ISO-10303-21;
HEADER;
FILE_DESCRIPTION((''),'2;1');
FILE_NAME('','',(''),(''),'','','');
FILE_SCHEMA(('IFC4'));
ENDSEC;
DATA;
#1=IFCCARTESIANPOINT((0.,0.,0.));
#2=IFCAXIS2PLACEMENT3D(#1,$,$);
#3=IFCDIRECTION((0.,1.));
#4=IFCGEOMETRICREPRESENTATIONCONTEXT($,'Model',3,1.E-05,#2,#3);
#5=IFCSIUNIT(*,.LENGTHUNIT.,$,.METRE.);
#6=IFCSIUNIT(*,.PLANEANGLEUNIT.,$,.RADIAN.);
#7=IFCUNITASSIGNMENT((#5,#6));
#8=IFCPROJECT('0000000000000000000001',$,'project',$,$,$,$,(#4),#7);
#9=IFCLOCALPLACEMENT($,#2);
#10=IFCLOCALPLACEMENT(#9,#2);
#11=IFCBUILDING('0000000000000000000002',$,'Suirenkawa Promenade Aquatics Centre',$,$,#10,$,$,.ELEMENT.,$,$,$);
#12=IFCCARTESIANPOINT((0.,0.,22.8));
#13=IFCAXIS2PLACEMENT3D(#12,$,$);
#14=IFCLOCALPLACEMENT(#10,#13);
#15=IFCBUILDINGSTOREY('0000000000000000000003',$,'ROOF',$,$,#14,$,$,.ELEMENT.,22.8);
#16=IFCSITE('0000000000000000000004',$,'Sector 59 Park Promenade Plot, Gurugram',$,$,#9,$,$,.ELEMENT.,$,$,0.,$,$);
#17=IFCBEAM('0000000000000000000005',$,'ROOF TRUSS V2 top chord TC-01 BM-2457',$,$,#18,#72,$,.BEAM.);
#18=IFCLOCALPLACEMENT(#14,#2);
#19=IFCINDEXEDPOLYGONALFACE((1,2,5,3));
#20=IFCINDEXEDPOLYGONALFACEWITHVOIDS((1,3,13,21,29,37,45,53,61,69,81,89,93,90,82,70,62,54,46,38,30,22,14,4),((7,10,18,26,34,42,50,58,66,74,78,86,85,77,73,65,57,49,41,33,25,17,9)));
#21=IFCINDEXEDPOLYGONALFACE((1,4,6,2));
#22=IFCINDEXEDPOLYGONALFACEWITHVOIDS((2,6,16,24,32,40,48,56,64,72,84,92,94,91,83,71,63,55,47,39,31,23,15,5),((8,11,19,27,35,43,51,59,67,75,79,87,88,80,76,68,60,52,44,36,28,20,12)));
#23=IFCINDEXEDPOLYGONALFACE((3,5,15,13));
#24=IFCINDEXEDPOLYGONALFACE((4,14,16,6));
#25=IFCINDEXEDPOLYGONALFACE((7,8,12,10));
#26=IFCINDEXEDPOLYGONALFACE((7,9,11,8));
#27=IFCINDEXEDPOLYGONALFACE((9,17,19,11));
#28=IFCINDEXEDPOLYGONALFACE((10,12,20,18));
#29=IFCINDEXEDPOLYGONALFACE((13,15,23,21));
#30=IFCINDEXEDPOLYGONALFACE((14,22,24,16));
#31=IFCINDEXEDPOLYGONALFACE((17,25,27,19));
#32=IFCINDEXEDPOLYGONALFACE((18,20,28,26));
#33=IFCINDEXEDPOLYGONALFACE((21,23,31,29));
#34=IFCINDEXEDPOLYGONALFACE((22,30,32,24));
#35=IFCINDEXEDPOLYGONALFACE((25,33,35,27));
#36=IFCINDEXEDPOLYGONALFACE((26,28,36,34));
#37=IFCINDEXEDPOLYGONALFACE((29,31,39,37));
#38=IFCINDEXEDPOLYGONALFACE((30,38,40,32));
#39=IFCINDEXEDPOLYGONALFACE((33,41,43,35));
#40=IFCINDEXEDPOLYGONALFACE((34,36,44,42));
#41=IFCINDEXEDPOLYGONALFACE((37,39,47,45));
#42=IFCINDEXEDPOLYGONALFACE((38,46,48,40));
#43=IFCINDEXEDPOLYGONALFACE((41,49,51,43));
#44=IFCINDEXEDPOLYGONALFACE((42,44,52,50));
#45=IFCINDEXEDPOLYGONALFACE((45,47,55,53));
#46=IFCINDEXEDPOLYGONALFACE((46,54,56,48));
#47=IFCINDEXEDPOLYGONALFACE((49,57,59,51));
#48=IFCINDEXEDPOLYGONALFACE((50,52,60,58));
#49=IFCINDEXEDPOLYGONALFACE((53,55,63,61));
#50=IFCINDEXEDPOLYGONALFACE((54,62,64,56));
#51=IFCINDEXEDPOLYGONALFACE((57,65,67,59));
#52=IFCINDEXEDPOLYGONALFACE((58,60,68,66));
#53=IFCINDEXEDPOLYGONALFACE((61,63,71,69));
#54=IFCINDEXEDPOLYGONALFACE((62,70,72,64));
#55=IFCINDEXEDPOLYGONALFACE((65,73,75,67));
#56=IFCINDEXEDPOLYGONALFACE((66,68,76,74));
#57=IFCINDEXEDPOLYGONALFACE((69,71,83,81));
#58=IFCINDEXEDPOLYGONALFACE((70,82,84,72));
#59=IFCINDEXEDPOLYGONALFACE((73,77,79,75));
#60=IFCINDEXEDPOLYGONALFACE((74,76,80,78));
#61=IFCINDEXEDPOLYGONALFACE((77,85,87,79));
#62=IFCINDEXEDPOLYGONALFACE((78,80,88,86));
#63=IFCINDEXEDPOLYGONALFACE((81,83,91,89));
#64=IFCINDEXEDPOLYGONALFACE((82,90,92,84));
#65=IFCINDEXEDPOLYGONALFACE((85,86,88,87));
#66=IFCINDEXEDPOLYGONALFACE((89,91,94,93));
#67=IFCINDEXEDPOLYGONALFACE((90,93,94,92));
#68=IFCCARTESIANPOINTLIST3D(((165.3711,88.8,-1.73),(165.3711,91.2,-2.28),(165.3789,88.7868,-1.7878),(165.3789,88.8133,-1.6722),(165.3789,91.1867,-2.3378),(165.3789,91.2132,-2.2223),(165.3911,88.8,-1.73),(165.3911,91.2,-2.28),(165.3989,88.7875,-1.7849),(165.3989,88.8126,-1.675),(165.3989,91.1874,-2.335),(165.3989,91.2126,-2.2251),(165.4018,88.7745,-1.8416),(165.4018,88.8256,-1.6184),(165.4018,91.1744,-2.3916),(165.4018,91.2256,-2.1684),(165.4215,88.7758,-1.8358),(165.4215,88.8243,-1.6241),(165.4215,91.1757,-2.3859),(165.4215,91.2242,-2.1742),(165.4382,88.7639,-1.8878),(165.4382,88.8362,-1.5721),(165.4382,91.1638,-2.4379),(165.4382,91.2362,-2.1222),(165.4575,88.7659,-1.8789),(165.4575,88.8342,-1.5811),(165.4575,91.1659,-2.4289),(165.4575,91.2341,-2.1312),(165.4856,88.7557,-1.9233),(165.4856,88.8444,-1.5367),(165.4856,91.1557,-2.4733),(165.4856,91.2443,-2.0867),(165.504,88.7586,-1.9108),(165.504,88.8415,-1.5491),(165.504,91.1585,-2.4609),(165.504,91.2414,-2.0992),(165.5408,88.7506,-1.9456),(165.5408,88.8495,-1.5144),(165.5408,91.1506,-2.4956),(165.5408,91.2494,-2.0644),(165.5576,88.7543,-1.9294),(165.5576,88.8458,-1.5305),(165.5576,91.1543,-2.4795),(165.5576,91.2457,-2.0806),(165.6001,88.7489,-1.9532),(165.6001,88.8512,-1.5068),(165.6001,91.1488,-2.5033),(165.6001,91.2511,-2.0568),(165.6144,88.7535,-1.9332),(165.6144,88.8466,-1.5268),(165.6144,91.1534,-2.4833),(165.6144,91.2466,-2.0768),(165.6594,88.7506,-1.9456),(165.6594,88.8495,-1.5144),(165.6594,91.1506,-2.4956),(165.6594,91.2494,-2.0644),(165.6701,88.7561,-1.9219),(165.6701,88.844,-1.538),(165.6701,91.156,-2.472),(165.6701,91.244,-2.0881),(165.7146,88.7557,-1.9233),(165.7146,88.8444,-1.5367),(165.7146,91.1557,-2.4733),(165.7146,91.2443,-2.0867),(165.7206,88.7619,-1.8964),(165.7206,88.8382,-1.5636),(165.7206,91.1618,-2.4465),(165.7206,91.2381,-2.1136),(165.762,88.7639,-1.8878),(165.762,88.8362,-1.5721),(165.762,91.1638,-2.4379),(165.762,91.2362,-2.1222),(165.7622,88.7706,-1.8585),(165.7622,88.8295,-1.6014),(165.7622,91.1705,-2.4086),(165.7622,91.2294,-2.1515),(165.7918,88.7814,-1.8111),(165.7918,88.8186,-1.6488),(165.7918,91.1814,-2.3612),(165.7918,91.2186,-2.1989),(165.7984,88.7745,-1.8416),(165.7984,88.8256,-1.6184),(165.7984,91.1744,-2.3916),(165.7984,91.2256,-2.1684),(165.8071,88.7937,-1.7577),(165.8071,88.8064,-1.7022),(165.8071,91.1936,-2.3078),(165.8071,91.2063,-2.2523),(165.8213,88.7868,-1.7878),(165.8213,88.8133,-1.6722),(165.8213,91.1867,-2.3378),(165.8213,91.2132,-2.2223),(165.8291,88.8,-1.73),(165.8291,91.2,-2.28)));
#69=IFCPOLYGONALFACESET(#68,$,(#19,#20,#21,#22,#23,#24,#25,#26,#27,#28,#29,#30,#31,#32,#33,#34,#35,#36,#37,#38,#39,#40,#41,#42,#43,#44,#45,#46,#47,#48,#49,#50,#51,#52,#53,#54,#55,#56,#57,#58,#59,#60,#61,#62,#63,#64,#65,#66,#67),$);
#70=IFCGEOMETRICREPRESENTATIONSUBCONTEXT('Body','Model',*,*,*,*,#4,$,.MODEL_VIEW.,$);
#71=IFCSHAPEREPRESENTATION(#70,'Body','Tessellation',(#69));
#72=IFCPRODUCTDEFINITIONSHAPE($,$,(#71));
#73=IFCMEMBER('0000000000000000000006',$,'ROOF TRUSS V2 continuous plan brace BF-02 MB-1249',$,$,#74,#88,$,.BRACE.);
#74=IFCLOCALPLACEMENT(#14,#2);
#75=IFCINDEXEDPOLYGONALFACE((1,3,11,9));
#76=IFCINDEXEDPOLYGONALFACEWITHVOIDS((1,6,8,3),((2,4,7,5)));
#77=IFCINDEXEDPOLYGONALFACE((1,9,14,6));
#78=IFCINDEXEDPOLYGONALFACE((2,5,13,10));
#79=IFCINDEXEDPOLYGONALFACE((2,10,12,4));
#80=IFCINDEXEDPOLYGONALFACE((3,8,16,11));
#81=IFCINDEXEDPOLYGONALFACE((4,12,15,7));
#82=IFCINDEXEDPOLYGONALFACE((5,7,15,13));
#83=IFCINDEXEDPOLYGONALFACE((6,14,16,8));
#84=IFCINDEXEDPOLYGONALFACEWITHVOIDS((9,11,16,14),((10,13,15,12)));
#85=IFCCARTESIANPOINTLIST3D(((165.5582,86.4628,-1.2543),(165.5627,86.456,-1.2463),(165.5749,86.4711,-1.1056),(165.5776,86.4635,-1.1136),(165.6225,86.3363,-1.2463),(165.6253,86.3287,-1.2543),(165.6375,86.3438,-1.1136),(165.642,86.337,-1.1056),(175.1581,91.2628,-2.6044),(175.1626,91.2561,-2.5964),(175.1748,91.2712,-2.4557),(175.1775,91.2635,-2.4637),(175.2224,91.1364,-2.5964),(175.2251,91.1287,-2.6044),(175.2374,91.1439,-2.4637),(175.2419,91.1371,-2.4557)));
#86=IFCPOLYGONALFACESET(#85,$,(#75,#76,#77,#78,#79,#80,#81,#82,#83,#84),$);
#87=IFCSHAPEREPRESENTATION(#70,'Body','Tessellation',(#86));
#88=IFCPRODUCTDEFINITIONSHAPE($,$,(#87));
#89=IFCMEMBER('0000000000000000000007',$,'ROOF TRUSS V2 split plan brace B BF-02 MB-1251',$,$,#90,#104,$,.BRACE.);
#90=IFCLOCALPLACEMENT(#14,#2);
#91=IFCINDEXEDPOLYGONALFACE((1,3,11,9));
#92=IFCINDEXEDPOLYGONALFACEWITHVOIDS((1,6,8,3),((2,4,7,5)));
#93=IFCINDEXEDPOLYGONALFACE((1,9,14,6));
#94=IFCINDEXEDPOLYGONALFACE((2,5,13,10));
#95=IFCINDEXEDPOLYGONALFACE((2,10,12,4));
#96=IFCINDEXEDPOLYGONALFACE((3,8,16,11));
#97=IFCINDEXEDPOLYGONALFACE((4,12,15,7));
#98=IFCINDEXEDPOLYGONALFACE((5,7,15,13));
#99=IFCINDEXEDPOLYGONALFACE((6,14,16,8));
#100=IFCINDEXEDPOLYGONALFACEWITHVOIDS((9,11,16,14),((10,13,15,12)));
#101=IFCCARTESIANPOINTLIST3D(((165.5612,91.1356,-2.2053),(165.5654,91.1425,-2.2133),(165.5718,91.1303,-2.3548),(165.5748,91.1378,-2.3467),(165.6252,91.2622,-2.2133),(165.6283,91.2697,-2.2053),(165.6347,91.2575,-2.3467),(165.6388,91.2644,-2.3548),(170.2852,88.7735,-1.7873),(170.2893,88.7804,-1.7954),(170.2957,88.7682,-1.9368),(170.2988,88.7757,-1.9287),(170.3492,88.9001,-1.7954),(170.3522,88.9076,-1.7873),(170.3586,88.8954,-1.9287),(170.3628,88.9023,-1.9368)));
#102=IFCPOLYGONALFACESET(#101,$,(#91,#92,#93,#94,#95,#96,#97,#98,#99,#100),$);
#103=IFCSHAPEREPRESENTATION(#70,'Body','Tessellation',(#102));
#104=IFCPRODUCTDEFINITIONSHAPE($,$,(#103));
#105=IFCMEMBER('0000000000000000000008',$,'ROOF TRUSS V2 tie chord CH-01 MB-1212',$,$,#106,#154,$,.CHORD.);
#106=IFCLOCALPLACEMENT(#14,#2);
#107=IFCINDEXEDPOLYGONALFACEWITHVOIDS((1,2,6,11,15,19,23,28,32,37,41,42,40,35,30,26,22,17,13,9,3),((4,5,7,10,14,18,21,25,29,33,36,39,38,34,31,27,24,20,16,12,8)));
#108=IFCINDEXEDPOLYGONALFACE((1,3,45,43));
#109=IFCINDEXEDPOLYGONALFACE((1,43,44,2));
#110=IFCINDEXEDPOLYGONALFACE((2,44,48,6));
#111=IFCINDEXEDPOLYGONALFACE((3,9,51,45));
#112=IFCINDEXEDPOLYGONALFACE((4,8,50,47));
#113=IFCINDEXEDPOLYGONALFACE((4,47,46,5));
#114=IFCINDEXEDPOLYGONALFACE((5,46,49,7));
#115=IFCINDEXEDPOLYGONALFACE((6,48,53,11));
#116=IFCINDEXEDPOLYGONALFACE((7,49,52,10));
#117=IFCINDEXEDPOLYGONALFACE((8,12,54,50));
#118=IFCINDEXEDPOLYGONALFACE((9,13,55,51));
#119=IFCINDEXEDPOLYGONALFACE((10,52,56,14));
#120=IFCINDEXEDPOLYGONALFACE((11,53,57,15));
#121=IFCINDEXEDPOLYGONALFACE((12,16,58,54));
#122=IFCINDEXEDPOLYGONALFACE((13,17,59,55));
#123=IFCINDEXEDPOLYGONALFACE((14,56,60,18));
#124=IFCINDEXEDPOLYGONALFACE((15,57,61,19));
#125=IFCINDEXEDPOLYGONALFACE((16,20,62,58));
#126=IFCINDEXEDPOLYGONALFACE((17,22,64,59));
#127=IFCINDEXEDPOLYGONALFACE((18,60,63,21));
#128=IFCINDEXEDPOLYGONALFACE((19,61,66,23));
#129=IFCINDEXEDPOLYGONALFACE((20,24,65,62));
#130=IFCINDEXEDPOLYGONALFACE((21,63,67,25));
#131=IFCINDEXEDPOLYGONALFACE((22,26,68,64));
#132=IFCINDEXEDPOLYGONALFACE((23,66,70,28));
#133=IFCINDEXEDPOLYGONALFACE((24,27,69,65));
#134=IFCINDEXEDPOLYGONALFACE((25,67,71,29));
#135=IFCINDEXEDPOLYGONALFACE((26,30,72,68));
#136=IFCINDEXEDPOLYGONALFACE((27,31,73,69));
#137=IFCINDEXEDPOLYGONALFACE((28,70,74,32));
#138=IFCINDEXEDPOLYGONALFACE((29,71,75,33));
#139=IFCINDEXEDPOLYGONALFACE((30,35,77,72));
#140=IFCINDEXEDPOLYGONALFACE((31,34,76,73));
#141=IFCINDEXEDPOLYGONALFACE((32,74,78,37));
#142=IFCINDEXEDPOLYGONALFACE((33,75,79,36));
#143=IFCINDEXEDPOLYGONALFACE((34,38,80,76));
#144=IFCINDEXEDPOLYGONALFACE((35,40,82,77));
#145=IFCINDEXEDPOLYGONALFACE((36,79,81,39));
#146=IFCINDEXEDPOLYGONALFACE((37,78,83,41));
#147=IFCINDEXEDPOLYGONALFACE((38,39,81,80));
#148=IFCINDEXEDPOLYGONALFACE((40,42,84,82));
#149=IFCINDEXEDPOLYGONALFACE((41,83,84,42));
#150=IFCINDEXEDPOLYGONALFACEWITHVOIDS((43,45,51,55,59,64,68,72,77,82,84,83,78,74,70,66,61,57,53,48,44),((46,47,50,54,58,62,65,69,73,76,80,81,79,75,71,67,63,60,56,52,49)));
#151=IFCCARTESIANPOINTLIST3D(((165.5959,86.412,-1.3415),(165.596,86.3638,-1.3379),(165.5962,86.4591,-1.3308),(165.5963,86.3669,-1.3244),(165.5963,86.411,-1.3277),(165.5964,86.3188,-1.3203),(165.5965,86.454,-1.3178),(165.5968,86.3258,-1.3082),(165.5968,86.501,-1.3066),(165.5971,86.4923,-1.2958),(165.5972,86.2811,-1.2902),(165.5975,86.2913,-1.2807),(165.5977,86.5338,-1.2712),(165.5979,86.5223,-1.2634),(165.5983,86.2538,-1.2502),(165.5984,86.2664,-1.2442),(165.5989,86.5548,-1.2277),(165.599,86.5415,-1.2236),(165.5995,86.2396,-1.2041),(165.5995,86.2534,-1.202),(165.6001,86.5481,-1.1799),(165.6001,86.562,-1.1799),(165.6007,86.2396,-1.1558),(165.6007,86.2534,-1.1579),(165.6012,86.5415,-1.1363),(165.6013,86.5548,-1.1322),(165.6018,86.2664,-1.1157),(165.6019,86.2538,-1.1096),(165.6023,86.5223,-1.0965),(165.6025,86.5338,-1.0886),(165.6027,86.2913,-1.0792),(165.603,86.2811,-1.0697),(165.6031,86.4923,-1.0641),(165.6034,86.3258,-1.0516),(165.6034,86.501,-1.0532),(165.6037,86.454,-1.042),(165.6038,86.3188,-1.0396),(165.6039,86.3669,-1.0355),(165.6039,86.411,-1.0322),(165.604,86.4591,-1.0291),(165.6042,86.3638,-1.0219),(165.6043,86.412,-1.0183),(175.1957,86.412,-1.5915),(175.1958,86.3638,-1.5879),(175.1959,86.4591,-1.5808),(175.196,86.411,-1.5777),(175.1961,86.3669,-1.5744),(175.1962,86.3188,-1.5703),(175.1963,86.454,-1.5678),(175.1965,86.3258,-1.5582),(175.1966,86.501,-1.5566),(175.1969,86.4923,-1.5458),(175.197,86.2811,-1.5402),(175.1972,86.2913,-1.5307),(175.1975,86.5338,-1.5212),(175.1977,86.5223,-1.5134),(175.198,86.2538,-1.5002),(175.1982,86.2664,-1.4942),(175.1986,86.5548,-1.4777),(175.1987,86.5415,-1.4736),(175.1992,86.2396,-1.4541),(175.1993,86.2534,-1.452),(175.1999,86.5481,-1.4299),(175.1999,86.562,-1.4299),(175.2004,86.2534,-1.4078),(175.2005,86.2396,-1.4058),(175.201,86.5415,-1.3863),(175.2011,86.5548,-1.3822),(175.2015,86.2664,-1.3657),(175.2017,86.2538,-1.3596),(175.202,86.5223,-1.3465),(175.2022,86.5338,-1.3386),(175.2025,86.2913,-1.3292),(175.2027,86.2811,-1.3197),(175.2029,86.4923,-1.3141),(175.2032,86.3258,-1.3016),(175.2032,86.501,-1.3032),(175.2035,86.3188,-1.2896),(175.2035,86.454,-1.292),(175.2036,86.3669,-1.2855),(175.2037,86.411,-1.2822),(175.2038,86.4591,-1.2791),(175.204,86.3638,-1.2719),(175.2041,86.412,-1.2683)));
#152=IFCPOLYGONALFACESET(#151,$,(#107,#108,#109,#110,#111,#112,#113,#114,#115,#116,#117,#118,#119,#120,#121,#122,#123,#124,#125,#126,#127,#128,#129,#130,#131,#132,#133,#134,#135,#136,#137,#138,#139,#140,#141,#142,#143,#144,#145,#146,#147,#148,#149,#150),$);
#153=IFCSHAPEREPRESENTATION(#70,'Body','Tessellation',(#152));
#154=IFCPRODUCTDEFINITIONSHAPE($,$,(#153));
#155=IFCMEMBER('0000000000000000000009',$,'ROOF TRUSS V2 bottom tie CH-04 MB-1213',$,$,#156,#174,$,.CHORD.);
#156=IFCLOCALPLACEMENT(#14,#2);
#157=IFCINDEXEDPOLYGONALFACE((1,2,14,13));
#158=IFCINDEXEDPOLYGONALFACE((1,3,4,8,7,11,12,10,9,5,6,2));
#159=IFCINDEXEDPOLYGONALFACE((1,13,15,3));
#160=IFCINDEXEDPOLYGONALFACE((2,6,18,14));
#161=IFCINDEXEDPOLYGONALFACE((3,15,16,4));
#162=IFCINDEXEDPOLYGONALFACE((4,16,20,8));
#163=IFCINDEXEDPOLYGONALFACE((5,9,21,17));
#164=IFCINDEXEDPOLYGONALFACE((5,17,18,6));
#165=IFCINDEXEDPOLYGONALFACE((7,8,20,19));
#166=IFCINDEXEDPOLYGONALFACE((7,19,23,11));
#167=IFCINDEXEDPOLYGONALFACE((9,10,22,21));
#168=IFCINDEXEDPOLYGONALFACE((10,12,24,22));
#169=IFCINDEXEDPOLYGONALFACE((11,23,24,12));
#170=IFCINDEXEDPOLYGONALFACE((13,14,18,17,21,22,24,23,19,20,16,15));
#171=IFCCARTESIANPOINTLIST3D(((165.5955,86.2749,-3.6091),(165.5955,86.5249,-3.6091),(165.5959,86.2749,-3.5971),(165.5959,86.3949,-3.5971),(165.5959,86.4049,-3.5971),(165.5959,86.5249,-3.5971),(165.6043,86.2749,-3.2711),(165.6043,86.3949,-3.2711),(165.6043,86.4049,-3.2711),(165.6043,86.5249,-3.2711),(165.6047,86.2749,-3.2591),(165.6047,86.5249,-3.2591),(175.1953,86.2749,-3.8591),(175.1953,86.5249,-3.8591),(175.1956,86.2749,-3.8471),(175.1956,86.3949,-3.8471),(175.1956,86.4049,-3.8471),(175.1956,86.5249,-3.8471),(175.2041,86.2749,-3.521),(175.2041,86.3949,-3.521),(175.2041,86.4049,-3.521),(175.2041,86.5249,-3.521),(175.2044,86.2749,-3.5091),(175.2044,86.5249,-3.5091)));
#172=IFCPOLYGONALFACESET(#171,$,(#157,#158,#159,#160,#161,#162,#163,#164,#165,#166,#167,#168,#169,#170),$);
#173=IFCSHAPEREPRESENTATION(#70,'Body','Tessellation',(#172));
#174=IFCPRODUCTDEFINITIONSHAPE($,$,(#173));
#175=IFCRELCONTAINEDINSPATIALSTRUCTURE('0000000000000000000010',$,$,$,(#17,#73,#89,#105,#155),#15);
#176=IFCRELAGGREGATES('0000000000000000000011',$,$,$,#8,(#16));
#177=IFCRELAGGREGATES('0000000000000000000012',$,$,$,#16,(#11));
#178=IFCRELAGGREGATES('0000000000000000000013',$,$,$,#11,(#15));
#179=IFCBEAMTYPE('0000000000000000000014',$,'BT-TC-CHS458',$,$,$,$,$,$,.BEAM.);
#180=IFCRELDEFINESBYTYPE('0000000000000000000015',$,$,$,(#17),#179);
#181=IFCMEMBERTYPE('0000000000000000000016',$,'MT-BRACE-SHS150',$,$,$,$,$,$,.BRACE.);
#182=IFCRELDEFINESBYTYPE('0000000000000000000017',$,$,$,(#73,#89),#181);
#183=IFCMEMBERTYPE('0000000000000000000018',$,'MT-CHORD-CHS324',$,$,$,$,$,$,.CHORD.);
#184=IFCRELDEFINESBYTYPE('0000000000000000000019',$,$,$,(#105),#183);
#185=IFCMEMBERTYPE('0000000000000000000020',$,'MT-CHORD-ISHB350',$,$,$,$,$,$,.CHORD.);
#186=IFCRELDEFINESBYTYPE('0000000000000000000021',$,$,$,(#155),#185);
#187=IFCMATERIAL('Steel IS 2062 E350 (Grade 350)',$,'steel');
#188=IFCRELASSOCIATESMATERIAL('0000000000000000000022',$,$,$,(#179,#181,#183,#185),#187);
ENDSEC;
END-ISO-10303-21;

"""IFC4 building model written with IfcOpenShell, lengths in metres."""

from ifc_helpers import new_model, si_unit, direction, frame, origin, origin_2d, place, context, subcontext, project, spatial, hollow_rectangle, hollow_circle, i_section, extrude, material, material_profile, profile_set, type_object, element, save


model = new_model("IFC4")

# Units and contexts
model_context = context("Model", 3, precision=1e-05, world=origin(), true_north=direction((0.0, 1.0)))
body_context = subcontext(model_context, "Body", "Model", "MODEL_VIEW")
ifc_project = project(units=[si_unit("LENGTHUNIT", "METRE"), si_unit("PLANEANGLEUNIT", "RADIAN")], contexts=[model_context])

# Site, building, storey
site_placement = place(None, origin())
site = spatial("IfcSite", under=ifc_project, at=site_placement, Name="Sector 59 Park Promenade Plot, Gurugram", CompositionType="ELEMENT", RefElevation=0.0)
building_placement = place(site_placement, origin())
building = spatial("IfcBuilding", under=site, at=building_placement, Name="Suirenkawa Promenade Aquatics Centre", CompositionType="ELEMENT")
storey_placement = place(building_placement, frame((0.0, 0.0, 22.8)))
storey = spatial("IfcBuildingStorey", under=building, at=storey_placement, Name="ROOF", CompositionType="ELEMENT", Elevation=22.8)

# Beam
ifc_material_1 = material(Name="Steel IS 2062 E350 (Grade 350)", Category="steel")
ifc_material_profile_1 = material_profile(ifc_material_1, hollow_circle(Radius=0.229, WallThickness=0.02, at=origin_2d()), Name="CHS 458x20", Category="steel")
ifc_profile_set_1 = profile_set([ifc_material_profile_1], Name="Steel IS 2062 E350 (Grade 350)")
beam_type_1 = type_object("IfcBeamType", Name="BT-TC-CHS458", PredefinedType="BEAM", material=ifc_profile_set_1)
beam_1_placement = place(storey_placement, frame((165.6001, 88.8, -1.73), z_axis=(0.0, 0.974726, -0.223404), x_axis=(-1.0, 0.0, 0.0)))
element("IfcBeam", 1, at=beam_1_placement, inside=storey, type_object=beam_type_1, Name="ROOF TRUSS V2 top chord TC-01 BM-2457", PredefinedType="BEAM", context=body_context, shape_type="SweptSolid", body=[
    extrude(hollow_circle(Radius=0.229, WallThickness=0.02, at=origin_2d()), origin(), (0.0, 0.0, 1.0), 2.4622),
])

# Members
ifc_material_profile_2 = material_profile(ifc_material_1, hollow_rectangle(XDim=0.1499, YDim=0.1499, WallThickness=0.0081, at=origin_2d()), Name="SHS 150x150x8", Category="steel")
ifc_profile_set_2 = profile_set([ifc_material_profile_2], Name="Steel IS 2062 E350 (Grade 350)")
member_type_1 = type_object("IfcMemberType", Name="MT-BRACE-SHS150", PredefinedType="BRACE", material=ifc_profile_set_2)
member_1_placement = place(storey_placement, frame((165.6001, 86.3999, -1.1799), z_axis=(0.887429, 0.443726, -0.124806), x_axis=(-0.447223, 0.894423, 0.0)))
element("IfcMember", 2, at=member_1_placement, inside=storey, type_object=member_type_1, Name="ROOF TRUSS V2 continuous plan brace BF-02 MB-1249", PredefinedType="BRACE", context=body_context, shape_type="SweptSolid", body=[
    extrude(hollow_rectangle(XDim=0.1499, YDim=0.1499, WallThickness=0.0081, at=origin_2d()), origin(), (0.0, 0.0, 1.0), 10.8176),
])
member_2_placement = place(storey_placement, frame((170.324, 88.8379, -1.8621), z_axis=(-0.89163, 0.445838, -0.078891), x_axis=(-0.447232, -0.894418, 0.0)))
element("IfcMember", 3, at=member_2_placement, inside=storey, type_object=member_type_1, Name="ROOF TRUSS V2 split plan brace B BF-02 MB-1251", PredefinedType="BRACE", context=body_context, shape_type="SweptSolid", body=[
    extrude(hollow_rectangle(XDim=0.1499, YDim=0.1499, WallThickness=0.0081, at=origin_2d()), origin(), (0.0, 0.0, 1.0), 5.2981),
])
ifc_material_profile_3 = material_profile(ifc_material_1, hollow_circle(Radius=0.1621, WallThickness=0.0139, at=origin_2d()), Name="CHS 324x14", Category="steel")
ifc_profile_set_3 = profile_set([ifc_material_profile_3], Name="Steel IS 2062 E350 (Grade 350)")
member_type_2 = type_object("IfcMemberType", Name="MT-CHORD-CHS324", PredefinedType="CHORD", material=ifc_profile_set_3)
member_3_placement = place(storey_placement, frame((165.6001, 86.3999, -1.1799), z_axis=(0.999661, 0.0, -0.026033), x_axis=(0.0, 1.0, 0.0)))
element("IfcMember", 4, at=member_3_placement, inside=storey, type_object=member_type_2, Name="ROOF TRUSS V2 tie chord CH-01 MB-1212", PredefinedType="CHORD", context=body_context, shape_type="SweptSolid", body=[
    extrude(hollow_circle(Radius=0.1621, WallThickness=0.0139, at=origin_2d()), origin(), (0.0, 0.0, 1.0), 9.603),
])
ifc_material_profile_4 = material_profile(ifc_material_1, i_section(OverallWidth=0.25, OverallDepth=0.3501, WebThickness=0.01, FlangeThickness=0.012, at=origin_2d()), Name="ISHB 350", Category="steel")
ifc_profile_set_4 = profile_set([ifc_material_profile_4], Name="Steel IS 2062 E350 (Grade 350)")
member_type_3 = type_object("IfcMemberType", Name="MT-CHORD-ISHB350", PredefinedType="CHORD", material=ifc_profile_set_4)
member_4_placement = place(storey_placement, frame((165.6001, 86.3999, -3.4341), z_axis=(0.999661, 0.0, -0.026033), x_axis=(0.0, 1.0, 0.0)))
element("IfcMember", 5, at=member_4_placement, inside=storey, type_object=member_type_3, Name="ROOF TRUSS V2 bottom tie CH-04 MB-1213", PredefinedType="CHORD", context=body_context, shape_type="SweptSolid", body=[
    extrude(i_section(OverallWidth=0.25, OverallDepth=0.3501, WebThickness=0.01, FlangeThickness=0.012, at=origin_2d()), origin(), (0.0, 0.0, 1.0), 9.603),
])

save(model, "model.ifc")
